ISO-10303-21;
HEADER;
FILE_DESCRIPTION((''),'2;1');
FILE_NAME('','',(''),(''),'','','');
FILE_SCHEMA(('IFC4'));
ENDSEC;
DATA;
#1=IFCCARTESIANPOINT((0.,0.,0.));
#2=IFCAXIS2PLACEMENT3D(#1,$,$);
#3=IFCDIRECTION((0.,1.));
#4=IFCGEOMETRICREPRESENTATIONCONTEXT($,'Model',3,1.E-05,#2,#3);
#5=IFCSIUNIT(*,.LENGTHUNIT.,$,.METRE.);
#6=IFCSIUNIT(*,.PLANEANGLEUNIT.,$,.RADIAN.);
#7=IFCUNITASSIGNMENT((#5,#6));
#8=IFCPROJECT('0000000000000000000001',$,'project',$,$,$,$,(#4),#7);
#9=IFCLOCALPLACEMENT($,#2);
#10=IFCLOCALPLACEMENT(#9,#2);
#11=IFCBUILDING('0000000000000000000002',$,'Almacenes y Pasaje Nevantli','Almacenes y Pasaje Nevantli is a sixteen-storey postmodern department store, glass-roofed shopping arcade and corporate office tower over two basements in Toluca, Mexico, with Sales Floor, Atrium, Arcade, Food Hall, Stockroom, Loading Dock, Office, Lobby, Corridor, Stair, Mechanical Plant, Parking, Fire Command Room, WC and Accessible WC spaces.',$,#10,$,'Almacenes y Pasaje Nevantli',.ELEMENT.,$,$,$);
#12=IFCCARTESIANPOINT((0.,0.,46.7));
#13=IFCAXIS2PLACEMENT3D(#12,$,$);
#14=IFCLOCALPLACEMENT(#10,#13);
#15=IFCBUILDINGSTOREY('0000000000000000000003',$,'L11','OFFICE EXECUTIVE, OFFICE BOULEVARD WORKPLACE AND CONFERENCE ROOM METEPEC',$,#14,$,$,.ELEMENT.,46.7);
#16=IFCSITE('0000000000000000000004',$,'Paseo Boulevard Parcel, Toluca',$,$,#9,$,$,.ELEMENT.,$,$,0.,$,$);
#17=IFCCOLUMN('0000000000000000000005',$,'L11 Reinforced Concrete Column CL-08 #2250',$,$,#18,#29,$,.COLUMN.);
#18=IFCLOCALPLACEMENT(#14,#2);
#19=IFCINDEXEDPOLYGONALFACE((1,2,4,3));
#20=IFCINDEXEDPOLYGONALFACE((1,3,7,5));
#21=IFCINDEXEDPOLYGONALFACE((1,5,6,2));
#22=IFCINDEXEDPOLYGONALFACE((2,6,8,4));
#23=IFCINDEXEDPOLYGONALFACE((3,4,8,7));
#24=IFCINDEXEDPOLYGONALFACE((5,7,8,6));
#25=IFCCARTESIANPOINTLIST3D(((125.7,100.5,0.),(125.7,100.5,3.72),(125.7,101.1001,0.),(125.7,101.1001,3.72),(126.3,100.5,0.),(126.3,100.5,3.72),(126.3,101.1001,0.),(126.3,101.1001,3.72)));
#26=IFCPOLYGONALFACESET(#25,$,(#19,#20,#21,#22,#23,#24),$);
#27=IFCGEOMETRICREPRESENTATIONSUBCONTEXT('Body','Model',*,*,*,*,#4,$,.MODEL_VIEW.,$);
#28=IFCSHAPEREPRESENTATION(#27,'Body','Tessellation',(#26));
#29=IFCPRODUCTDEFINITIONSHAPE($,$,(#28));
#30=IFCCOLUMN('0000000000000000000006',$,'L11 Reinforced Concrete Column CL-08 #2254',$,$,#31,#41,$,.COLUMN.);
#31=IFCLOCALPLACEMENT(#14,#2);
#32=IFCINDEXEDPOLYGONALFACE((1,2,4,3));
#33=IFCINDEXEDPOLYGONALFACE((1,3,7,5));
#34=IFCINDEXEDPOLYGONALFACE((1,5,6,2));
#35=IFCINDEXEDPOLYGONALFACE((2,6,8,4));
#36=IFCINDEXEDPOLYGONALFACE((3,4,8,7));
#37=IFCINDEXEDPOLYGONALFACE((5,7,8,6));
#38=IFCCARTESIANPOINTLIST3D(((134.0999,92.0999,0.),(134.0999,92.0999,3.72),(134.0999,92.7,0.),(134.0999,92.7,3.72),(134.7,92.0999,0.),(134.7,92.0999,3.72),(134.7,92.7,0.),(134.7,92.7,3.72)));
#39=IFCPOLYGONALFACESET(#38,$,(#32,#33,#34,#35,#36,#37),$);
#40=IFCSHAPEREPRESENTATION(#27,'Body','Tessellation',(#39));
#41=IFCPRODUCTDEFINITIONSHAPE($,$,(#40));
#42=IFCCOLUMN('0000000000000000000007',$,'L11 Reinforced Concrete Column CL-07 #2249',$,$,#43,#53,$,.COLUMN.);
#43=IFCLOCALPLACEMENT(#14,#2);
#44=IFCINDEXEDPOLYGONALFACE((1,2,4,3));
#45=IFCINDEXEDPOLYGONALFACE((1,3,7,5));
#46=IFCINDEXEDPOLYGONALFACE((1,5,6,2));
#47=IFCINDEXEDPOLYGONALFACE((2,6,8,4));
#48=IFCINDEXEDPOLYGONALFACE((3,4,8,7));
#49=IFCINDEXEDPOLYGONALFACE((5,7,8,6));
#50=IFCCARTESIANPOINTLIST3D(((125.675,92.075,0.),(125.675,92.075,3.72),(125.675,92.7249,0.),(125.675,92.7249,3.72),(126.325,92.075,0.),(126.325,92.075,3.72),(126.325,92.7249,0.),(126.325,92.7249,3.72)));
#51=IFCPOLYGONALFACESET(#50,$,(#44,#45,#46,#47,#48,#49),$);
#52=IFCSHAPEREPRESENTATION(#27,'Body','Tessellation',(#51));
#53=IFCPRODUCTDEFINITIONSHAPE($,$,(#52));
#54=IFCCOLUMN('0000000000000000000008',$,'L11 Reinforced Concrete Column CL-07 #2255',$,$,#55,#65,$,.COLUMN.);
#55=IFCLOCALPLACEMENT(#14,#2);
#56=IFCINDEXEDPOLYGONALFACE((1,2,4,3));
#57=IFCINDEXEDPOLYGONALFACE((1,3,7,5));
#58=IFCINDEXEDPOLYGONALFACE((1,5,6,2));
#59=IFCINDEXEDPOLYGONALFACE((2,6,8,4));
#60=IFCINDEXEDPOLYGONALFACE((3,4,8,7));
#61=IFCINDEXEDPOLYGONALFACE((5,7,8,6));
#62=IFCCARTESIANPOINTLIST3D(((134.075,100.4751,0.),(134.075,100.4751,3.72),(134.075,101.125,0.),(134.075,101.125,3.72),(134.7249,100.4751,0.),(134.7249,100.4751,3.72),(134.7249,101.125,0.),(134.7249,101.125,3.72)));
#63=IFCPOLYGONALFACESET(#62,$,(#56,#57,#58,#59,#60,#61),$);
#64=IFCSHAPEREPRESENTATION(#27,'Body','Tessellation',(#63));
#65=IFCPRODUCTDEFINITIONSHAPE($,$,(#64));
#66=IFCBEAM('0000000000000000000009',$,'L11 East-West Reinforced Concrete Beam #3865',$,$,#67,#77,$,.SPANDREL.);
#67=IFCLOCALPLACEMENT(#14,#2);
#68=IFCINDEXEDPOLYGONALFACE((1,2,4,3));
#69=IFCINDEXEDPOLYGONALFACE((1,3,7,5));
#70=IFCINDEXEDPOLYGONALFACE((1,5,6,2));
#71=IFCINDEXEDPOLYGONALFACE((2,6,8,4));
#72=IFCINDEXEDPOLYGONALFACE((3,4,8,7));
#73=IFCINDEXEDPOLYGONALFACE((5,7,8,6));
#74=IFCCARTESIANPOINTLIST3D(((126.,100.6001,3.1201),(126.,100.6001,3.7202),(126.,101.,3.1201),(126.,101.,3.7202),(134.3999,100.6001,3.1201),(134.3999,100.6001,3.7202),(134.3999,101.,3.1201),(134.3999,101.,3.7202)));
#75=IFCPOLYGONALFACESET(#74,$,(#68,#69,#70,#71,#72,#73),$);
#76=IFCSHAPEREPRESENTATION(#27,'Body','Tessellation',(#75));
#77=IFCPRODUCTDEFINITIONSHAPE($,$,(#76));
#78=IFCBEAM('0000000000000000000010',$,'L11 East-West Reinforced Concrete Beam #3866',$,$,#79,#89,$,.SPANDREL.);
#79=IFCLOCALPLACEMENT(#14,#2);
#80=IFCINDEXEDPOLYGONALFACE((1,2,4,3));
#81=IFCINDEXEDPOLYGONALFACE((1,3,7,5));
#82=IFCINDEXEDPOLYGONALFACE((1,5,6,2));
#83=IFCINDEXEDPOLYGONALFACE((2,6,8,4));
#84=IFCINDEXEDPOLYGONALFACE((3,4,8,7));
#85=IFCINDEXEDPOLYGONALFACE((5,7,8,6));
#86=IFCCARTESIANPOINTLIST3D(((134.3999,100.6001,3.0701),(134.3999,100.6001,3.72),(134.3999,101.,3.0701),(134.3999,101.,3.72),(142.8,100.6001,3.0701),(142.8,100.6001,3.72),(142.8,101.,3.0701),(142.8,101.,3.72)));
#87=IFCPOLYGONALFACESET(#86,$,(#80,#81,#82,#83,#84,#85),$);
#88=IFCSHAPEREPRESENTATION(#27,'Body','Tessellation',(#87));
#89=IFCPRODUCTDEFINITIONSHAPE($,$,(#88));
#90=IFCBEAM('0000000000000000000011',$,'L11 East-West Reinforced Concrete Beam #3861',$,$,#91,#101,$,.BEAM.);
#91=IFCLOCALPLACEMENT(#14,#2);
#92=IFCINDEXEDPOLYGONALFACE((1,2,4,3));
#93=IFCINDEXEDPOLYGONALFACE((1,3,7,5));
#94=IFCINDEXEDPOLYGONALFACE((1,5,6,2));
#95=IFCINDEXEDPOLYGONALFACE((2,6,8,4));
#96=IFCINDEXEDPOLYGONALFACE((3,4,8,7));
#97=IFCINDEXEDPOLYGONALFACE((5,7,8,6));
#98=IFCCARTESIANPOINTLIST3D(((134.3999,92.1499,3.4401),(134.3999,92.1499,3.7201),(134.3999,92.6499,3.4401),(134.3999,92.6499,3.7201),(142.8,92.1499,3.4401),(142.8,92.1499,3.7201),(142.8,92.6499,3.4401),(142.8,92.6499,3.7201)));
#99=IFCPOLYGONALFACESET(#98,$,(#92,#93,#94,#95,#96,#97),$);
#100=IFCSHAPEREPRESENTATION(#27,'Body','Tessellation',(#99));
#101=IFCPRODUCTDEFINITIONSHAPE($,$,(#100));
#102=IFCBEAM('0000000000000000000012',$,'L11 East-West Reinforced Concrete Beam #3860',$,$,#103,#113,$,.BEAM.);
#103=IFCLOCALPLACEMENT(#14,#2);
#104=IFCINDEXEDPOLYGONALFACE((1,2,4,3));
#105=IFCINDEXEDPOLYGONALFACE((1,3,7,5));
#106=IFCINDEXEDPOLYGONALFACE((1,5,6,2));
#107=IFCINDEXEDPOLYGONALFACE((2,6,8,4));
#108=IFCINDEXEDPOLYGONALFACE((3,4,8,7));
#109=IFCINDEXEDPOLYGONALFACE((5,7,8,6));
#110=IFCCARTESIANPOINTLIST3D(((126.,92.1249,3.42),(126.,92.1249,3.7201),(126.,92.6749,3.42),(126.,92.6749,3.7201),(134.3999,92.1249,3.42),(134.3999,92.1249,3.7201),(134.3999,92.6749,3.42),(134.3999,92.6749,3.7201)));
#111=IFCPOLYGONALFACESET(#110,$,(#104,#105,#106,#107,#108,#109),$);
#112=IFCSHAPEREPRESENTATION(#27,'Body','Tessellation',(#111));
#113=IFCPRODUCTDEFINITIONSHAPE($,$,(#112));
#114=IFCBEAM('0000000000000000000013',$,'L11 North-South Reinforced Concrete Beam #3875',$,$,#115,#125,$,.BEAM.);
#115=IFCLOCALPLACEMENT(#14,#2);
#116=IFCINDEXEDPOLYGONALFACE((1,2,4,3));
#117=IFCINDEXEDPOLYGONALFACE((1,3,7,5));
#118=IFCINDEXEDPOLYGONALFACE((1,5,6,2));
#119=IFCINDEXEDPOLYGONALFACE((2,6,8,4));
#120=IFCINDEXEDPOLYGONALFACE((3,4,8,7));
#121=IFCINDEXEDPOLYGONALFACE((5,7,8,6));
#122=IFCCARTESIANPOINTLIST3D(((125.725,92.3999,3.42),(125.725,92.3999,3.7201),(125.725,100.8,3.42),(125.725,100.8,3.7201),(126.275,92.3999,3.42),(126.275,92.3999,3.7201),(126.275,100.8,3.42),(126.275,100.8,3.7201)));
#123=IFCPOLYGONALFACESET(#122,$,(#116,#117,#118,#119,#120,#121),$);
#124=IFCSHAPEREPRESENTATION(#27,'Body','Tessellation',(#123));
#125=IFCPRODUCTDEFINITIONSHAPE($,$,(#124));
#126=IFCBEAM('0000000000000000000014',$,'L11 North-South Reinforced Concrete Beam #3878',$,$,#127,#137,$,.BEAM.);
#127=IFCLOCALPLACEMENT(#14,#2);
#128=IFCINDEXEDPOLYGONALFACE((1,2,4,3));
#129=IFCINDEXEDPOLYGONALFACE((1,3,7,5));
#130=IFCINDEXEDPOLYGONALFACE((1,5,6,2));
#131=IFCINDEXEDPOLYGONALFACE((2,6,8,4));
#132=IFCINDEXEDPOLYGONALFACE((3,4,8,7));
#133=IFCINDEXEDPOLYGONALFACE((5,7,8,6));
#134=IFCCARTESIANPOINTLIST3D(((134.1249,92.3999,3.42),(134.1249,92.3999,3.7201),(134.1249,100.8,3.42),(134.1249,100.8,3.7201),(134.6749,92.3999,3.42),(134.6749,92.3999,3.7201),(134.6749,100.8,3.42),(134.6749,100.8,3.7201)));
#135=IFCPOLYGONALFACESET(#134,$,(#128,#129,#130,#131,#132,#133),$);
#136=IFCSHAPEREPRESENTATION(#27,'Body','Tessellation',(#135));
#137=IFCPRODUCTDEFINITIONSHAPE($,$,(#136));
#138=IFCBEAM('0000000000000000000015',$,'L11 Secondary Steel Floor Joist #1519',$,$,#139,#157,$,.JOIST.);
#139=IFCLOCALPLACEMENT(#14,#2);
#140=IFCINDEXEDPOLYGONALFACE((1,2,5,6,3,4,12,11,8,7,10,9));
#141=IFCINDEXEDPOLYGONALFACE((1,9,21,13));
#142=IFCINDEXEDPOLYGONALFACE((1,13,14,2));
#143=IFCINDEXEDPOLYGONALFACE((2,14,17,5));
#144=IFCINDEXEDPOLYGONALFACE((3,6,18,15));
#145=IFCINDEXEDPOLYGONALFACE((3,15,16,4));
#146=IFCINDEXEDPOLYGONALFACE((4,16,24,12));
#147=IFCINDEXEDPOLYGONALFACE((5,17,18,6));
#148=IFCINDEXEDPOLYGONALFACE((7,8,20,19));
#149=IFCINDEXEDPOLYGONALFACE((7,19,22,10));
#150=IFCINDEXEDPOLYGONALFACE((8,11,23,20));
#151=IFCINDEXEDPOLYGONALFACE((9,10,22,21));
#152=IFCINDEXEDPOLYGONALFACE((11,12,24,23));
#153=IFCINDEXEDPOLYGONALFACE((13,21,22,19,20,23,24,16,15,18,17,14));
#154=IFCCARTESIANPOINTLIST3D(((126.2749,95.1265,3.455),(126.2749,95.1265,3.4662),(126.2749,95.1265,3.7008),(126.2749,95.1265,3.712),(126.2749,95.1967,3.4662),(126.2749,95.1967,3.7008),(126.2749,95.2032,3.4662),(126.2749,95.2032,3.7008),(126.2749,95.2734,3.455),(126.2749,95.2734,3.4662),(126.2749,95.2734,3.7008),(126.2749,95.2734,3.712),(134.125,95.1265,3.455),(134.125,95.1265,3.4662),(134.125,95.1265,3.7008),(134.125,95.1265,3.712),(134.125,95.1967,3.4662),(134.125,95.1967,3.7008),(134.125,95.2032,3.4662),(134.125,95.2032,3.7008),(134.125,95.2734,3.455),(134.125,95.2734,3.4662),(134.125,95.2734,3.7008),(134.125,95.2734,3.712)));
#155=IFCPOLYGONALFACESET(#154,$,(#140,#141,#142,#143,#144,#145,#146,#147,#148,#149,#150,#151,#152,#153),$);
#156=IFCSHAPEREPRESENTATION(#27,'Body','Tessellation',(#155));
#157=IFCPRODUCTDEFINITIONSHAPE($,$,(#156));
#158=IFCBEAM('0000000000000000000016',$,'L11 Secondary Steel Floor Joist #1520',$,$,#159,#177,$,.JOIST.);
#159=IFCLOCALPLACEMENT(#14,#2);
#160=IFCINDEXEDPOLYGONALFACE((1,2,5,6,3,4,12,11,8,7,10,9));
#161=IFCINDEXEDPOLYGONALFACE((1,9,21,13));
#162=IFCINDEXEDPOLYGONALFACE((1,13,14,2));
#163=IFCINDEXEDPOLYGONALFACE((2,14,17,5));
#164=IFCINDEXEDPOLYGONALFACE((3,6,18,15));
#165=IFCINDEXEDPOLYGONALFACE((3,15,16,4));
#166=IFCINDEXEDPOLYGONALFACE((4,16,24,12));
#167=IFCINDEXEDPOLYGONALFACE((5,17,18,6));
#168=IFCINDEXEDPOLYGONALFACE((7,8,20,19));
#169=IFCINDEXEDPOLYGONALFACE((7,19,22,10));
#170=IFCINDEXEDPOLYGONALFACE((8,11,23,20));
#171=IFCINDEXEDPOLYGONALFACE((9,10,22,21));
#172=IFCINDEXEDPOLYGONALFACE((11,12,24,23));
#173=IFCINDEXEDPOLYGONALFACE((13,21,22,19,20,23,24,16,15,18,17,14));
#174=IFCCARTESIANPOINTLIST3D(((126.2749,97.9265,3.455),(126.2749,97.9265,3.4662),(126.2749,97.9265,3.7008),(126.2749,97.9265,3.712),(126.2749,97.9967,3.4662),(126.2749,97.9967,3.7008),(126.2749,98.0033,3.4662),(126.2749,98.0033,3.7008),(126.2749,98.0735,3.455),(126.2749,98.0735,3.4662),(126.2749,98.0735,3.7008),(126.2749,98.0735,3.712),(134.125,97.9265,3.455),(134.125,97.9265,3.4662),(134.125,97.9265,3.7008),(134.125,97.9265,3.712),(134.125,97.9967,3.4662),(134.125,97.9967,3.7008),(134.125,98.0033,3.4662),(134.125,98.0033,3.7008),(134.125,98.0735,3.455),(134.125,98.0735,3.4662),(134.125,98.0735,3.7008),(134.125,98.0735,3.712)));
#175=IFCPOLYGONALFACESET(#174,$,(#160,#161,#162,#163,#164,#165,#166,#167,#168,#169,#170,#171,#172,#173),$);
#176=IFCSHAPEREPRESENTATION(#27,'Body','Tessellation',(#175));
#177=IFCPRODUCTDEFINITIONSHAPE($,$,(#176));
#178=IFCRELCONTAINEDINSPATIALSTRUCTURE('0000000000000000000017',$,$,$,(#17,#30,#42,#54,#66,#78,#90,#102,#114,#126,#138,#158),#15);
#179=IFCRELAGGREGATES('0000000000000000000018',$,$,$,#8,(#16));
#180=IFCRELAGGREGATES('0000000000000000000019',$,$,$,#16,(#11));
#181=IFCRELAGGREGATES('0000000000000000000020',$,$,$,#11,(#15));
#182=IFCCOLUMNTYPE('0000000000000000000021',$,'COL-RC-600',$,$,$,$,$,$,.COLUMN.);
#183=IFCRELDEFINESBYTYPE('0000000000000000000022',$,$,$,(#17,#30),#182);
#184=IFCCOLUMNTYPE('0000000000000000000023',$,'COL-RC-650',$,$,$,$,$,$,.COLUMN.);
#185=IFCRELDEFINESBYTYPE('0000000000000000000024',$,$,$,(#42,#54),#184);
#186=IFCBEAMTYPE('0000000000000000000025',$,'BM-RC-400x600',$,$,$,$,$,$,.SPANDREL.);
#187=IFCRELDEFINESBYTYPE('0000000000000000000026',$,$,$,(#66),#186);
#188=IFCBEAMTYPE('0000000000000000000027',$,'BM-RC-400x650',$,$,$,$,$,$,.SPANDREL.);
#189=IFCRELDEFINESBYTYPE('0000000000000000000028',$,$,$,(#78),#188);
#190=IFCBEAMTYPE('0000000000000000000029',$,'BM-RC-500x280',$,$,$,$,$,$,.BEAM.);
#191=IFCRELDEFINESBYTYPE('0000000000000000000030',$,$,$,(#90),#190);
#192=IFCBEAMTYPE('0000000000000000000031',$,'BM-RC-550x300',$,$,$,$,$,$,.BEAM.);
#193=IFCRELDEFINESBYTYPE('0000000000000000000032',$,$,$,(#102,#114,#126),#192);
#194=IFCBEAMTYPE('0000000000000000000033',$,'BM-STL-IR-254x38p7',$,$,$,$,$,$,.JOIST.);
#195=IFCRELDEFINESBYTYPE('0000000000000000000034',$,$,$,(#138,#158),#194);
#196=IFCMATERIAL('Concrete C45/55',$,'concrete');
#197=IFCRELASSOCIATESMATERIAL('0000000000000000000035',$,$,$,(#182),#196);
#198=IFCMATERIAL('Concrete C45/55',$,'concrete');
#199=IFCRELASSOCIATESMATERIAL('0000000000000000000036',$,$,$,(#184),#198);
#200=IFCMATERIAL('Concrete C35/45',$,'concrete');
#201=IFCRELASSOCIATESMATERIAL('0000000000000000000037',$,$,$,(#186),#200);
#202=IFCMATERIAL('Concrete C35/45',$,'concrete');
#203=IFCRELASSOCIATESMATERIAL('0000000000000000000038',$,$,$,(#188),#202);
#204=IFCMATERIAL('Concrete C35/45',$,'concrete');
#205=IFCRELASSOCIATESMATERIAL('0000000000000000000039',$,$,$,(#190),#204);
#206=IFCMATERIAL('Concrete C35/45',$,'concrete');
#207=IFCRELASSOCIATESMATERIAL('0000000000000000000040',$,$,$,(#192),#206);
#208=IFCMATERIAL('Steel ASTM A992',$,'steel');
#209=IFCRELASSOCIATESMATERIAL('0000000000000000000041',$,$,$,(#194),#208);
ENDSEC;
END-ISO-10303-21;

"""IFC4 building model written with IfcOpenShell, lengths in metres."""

from ifc_helpers import new_model, si_unit, direction, frame, origin, origin_2d, place, context, subcontext, project, spatial, rectangle, i_section, extrude, material, material_profile, profile_set, type_object, element, save


model = new_model("IFC4")

# Units and contexts
model_context = context("Model", 3, precision=1e-05, world=origin(), true_north=direction((0.0, 1.0)))
body_context = subcontext(model_context, "Body", "Model", "MODEL_VIEW")
ifc_project = project(units=[si_unit("LENGTHUNIT", "METRE"), si_unit("PLANEANGLEUNIT", "RADIAN")], contexts=[model_context])

# Site, building, storey
site_placement = place(None, origin())
site = spatial("IfcSite", under=ifc_project, at=site_placement, Name="Paseo Boulevard Parcel, Toluca", CompositionType="ELEMENT", RefElevation=0.0)
building_placement = place(site_placement, origin())
building = spatial("IfcBuilding", under=site, at=building_placement, Name="Almacenes y Pasaje Nevantli", Description="Almacenes y Pasaje Nevantli is a sixteen-storey postmodern department store, glass-roofed shopping arcade and corporate office tower over two basements in Toluca, Mexico, with Sales Floor, Atrium, Arcade, Food Hall, Stockroom, Loading Dock, Office, Lobby, Corridor, Stair, Mechanical Plant, Parking, Fire Command Room, WC and Accessible WC spaces.", LongName="Almacenes y Pasaje Nevantli", CompositionType="ELEMENT")
storey_placement = place(building_placement, frame((0.0, 0.0, 46.7)))
storey = spatial("IfcBuildingStorey", under=building, at=storey_placement, Name="L11", Description="OFFICE EXECUTIVE, OFFICE BOULEVARD WORKPLACE AND CONFERENCE ROOM METEPEC", CompositionType="ELEMENT", Elevation=46.7)

# Columns
ifc_material_1 = material(Name="Concrete C45/55", Category="concrete")
ifc_material_profile_1 = material_profile(ifc_material_1, rectangle(XDim=0.6001, YDim=0.6001, at=origin_2d()), Name="RC-COL-600x600")
ifc_profile_set_1 = profile_set([ifc_material_profile_1], Name="Concrete C45/55")
column_type_1 = type_object("IfcColumnType", Name="COL-RC-600", PredefinedType="COLUMN", material=ifc_profile_set_1)
for number, where, z_axis, x_axis, name in (
    (1, (126.0, 100.8, 0.0), (0.0, 0.0, 1.0), (1.0, 0.0, 0.0), "L11 Reinforced Concrete Column CL-08 #2250"),
    (2, (134.3999, 92.3999, 0.0), (0.0, 0.0, 1.0), (1.0, 0.0, 0.0), "L11 Reinforced Concrete Column CL-08 #2254"),
):
    element("IfcColumn", number, at=place(storey_placement, frame(where, z_axis=z_axis, x_axis=x_axis)), inside=storey, type_object=column_type_1, Name=name, PredefinedType="COLUMN", context=body_context, shape_type="SweptSolid", body=[
        extrude(rectangle(XDim=0.6001, YDim=0.6001, at=origin_2d()), origin(), (0.0, 0.0, 1.0), 3.72),
    ])
ifc_material_2 = material(Name="Concrete C45/55", Category="concrete")
ifc_material_profile_2 = material_profile(ifc_material_2, rectangle(XDim=0.6499, YDim=0.6499, at=origin_2d()), Name="RC-COL-650x650")
ifc_profile_set_2 = profile_set([ifc_material_profile_2], Name="Concrete C45/55")
column_type_2 = type_object("IfcColumnType", Name="COL-RC-650", PredefinedType="COLUMN", material=ifc_profile_set_2)
for number, where, z_axis, x_axis, name in (
    (3, (126.0, 92.3999, 0.0), (0.0, 0.0, 1.0), (1.0, 0.0, 0.0), "L11 Reinforced Concrete Column CL-07 #2249"),
    (4, (134.3999, 100.8, 0.0), (0.0, 0.0, 1.0), (1.0, 0.0, 0.0), "L11 Reinforced Concrete Column CL-07 #2255"),
):
    element("IfcColumn", number, at=place(storey_placement, frame(where, z_axis=z_axis, x_axis=x_axis)), inside=storey, type_object=column_type_2, Name=name, PredefinedType="COLUMN", context=body_context, shape_type="SweptSolid", body=[
        extrude(rectangle(XDim=0.6499, YDim=0.6499, at=origin_2d()), origin(), (0.0, 0.0, 1.0), 3.72),
    ])

# Beams
ifc_material_3 = material(Name="Concrete C35/45", Category="concrete")
ifc_material_profile_3 = material_profile(ifc_material_3, rectangle(XDim=0.3999, YDim=0.6001, at=origin_2d()), Name="RC-BM-400x600")
ifc_profile_set_3 = profile_set([ifc_material_profile_3], Name="Concrete C35/45")
beam_type_1 = type_object("IfcBeamType", Name="BM-RC-400x600", PredefinedType="SPANDREL", material=ifc_profile_set_3)
beam_1_placement = place(storey_placement, frame((126.0, 100.8, 3.4202), z_axis=(1.0, 0.0, 0.0), x_axis=(0.0, 1.0, 0.0)))
element("IfcBeam", 5, at=beam_1_placement, inside=storey, type_object=beam_type_1, Name="L11 East-West Reinforced Concrete Beam #3865", PredefinedType="SPANDREL", context=body_context, shape_type="SweptSolid", body=[
    extrude(rectangle(XDim=0.3999, YDim=0.6001, at=origin_2d()), origin(), (0.0, 0.0, 1.0), 8.3999),
])
ifc_material_4 = material(Name="Concrete C35/45", Category="concrete")
ifc_material_profile_4 = material_profile(ifc_material_4, rectangle(XDim=0.3999, YDim=0.6499, at=origin_2d()), Name="RC-BM-400x650")
ifc_profile_set_4 = profile_set([ifc_material_profile_4], Name="Concrete C35/45")
beam_type_2 = type_object("IfcBeamType", Name="BM-RC-400x650", PredefinedType="SPANDREL", material=ifc_profile_set_4)
beam_2_placement = place(storey_placement, frame((134.3999, 100.8, 3.395), z_axis=(1.0, 0.0, 0.0), x_axis=(0.0, 1.0, 0.0)))
element("IfcBeam", 6, at=beam_2_placement, inside=storey, type_object=beam_type_2, Name="L11 East-West Reinforced Concrete Beam #3866", PredefinedType="SPANDREL", context=body_context, shape_type="SweptSolid", body=[
    extrude(rectangle(XDim=0.3999, YDim=0.6499, at=origin_2d()), origin(), (0.0, 0.0, 1.0), 8.4001),
])
ifc_material_5 = material(Name="Concrete C35/45", Category="concrete")
ifc_material_profile_5 = material_profile(ifc_material_5, rectangle(XDim=0.5, YDim=0.28, at=origin_2d()), Name="RC-BM-500x280")
ifc_profile_set_5 = profile_set([ifc_material_profile_5], Name="Concrete C35/45")
beam_type_3 = type_object("IfcBeamType", Name="BM-RC-500x280", PredefinedType="BEAM", material=ifc_profile_set_5)
beam_3_placement = place(storey_placement, frame((134.3999, 92.3999, 3.5801), z_axis=(1.0, 0.0, 0.0), x_axis=(0.0, 1.0, 0.0)))
element("IfcBeam", 7, at=beam_3_placement, inside=storey, type_object=beam_type_3, Name="L11 East-West Reinforced Concrete Beam #3861", PredefinedType="BEAM", context=body_context, shape_type="SweptSolid", body=[
    extrude(rectangle(XDim=0.5, YDim=0.28, at=origin_2d()), origin(), (0.0, 0.0, 1.0), 8.4001),
])
ifc_material_6 = material(Name="Concrete C35/45", Category="concrete")
ifc_material_profile_6 = material_profile(ifc_material_6, rectangle(XDim=0.55, YDim=0.3, at=origin_2d()), Name="RC-BM-550x300")
ifc_profile_set_6 = profile_set([ifc_material_profile_6], Name="Concrete C35/45")
beam_type_4 = type_object("IfcBeamType", Name="BM-RC-550x300", PredefinedType="BEAM", material=ifc_profile_set_6)
beam_4_placement = place(storey_placement, frame((126.0, 92.3999, 3.5701), z_axis=(1.0, 0.0, 0.0), x_axis=(0.0, 1.0, 0.0)))
element("IfcBeam", 8, at=beam_4_placement, inside=storey, type_object=beam_type_4, Name="L11 East-West Reinforced Concrete Beam #3860", PredefinedType="BEAM", context=body_context, shape_type="SweptSolid", body=[
    extrude(rectangle(XDim=0.55, YDim=0.3, at=origin_2d()), origin(), (0.0, 0.0, 1.0), 8.3999),
])
for number, where, z_axis, x_axis, name in (
    (9, (126.0, 92.3999, 3.5701), (0.0, 1.0, 0.0), (-1.0, 0.0, 0.0), "L11 North-South Reinforced Concrete Beam #3875"),
    (10, (134.3999, 92.3999, 3.5701), (0.0, 1.0, 0.0), (-1.0, 0.0, 0.0), "L11 North-South Reinforced Concrete Beam #3878"),
):
    element("IfcBeam", number, at=place(storey_placement, frame(where, z_axis=z_axis, x_axis=x_axis)), inside=storey, type_object=beam_type_4, Name=name, PredefinedType="BEAM", context=body_context, shape_type="SweptSolid", body=[
        extrude(rectangle(XDim=0.55, YDim=0.3, at=origin_2d()), origin(), (0.0, 0.0, 1.0), 8.4001),
    ])
ifc_material_7 = material(Name="Steel ASTM A992", Category="steel")
ifc_material_profile_7 = material_profile(ifc_material_7, i_section(OverallWidth=0.147, OverallDepth=0.2571, WebThickness=0.0066, FlangeThickness=0.0112, at=origin_2d()), Name="IR 254x38.7")
ifc_profile_set_7 = profile_set([ifc_material_profile_7], Name="Steel ASTM A992")
beam_type_5 = type_object("IfcBeamType", Name="BM-STL-IR-254x38p7", PredefinedType="JOIST", material=ifc_profile_set_7)
for number, where, z_axis, x_axis, name in (
    (11, (126.2749, 95.2, 3.5835), (1.0, 0.0, 0.0), (0.0, 1.0, 0.0), "L11 Secondary Steel Floor Joist #1519"),
    (12, (126.2749, 98.0, 3.5835), (1.0, 0.0, 0.0), (0.0, 1.0, 0.0), "L11 Secondary Steel Floor Joist #1520"),
):
    element("IfcBeam", number, at=place(storey_placement, frame(where, z_axis=z_axis, x_axis=x_axis)), inside=storey, type_object=beam_type_5, Name=name, PredefinedType="JOIST", context=body_context, shape_type="SweptSolid", body=[
        extrude(i_section(OverallWidth=0.147, OverallDepth=0.2571, WebThickness=0.0066, FlangeThickness=0.0112, at=origin_2d()), origin(), (0.0, 0.0, 1.0), 7.8501),
    ])

save(model, "model.ifc")
